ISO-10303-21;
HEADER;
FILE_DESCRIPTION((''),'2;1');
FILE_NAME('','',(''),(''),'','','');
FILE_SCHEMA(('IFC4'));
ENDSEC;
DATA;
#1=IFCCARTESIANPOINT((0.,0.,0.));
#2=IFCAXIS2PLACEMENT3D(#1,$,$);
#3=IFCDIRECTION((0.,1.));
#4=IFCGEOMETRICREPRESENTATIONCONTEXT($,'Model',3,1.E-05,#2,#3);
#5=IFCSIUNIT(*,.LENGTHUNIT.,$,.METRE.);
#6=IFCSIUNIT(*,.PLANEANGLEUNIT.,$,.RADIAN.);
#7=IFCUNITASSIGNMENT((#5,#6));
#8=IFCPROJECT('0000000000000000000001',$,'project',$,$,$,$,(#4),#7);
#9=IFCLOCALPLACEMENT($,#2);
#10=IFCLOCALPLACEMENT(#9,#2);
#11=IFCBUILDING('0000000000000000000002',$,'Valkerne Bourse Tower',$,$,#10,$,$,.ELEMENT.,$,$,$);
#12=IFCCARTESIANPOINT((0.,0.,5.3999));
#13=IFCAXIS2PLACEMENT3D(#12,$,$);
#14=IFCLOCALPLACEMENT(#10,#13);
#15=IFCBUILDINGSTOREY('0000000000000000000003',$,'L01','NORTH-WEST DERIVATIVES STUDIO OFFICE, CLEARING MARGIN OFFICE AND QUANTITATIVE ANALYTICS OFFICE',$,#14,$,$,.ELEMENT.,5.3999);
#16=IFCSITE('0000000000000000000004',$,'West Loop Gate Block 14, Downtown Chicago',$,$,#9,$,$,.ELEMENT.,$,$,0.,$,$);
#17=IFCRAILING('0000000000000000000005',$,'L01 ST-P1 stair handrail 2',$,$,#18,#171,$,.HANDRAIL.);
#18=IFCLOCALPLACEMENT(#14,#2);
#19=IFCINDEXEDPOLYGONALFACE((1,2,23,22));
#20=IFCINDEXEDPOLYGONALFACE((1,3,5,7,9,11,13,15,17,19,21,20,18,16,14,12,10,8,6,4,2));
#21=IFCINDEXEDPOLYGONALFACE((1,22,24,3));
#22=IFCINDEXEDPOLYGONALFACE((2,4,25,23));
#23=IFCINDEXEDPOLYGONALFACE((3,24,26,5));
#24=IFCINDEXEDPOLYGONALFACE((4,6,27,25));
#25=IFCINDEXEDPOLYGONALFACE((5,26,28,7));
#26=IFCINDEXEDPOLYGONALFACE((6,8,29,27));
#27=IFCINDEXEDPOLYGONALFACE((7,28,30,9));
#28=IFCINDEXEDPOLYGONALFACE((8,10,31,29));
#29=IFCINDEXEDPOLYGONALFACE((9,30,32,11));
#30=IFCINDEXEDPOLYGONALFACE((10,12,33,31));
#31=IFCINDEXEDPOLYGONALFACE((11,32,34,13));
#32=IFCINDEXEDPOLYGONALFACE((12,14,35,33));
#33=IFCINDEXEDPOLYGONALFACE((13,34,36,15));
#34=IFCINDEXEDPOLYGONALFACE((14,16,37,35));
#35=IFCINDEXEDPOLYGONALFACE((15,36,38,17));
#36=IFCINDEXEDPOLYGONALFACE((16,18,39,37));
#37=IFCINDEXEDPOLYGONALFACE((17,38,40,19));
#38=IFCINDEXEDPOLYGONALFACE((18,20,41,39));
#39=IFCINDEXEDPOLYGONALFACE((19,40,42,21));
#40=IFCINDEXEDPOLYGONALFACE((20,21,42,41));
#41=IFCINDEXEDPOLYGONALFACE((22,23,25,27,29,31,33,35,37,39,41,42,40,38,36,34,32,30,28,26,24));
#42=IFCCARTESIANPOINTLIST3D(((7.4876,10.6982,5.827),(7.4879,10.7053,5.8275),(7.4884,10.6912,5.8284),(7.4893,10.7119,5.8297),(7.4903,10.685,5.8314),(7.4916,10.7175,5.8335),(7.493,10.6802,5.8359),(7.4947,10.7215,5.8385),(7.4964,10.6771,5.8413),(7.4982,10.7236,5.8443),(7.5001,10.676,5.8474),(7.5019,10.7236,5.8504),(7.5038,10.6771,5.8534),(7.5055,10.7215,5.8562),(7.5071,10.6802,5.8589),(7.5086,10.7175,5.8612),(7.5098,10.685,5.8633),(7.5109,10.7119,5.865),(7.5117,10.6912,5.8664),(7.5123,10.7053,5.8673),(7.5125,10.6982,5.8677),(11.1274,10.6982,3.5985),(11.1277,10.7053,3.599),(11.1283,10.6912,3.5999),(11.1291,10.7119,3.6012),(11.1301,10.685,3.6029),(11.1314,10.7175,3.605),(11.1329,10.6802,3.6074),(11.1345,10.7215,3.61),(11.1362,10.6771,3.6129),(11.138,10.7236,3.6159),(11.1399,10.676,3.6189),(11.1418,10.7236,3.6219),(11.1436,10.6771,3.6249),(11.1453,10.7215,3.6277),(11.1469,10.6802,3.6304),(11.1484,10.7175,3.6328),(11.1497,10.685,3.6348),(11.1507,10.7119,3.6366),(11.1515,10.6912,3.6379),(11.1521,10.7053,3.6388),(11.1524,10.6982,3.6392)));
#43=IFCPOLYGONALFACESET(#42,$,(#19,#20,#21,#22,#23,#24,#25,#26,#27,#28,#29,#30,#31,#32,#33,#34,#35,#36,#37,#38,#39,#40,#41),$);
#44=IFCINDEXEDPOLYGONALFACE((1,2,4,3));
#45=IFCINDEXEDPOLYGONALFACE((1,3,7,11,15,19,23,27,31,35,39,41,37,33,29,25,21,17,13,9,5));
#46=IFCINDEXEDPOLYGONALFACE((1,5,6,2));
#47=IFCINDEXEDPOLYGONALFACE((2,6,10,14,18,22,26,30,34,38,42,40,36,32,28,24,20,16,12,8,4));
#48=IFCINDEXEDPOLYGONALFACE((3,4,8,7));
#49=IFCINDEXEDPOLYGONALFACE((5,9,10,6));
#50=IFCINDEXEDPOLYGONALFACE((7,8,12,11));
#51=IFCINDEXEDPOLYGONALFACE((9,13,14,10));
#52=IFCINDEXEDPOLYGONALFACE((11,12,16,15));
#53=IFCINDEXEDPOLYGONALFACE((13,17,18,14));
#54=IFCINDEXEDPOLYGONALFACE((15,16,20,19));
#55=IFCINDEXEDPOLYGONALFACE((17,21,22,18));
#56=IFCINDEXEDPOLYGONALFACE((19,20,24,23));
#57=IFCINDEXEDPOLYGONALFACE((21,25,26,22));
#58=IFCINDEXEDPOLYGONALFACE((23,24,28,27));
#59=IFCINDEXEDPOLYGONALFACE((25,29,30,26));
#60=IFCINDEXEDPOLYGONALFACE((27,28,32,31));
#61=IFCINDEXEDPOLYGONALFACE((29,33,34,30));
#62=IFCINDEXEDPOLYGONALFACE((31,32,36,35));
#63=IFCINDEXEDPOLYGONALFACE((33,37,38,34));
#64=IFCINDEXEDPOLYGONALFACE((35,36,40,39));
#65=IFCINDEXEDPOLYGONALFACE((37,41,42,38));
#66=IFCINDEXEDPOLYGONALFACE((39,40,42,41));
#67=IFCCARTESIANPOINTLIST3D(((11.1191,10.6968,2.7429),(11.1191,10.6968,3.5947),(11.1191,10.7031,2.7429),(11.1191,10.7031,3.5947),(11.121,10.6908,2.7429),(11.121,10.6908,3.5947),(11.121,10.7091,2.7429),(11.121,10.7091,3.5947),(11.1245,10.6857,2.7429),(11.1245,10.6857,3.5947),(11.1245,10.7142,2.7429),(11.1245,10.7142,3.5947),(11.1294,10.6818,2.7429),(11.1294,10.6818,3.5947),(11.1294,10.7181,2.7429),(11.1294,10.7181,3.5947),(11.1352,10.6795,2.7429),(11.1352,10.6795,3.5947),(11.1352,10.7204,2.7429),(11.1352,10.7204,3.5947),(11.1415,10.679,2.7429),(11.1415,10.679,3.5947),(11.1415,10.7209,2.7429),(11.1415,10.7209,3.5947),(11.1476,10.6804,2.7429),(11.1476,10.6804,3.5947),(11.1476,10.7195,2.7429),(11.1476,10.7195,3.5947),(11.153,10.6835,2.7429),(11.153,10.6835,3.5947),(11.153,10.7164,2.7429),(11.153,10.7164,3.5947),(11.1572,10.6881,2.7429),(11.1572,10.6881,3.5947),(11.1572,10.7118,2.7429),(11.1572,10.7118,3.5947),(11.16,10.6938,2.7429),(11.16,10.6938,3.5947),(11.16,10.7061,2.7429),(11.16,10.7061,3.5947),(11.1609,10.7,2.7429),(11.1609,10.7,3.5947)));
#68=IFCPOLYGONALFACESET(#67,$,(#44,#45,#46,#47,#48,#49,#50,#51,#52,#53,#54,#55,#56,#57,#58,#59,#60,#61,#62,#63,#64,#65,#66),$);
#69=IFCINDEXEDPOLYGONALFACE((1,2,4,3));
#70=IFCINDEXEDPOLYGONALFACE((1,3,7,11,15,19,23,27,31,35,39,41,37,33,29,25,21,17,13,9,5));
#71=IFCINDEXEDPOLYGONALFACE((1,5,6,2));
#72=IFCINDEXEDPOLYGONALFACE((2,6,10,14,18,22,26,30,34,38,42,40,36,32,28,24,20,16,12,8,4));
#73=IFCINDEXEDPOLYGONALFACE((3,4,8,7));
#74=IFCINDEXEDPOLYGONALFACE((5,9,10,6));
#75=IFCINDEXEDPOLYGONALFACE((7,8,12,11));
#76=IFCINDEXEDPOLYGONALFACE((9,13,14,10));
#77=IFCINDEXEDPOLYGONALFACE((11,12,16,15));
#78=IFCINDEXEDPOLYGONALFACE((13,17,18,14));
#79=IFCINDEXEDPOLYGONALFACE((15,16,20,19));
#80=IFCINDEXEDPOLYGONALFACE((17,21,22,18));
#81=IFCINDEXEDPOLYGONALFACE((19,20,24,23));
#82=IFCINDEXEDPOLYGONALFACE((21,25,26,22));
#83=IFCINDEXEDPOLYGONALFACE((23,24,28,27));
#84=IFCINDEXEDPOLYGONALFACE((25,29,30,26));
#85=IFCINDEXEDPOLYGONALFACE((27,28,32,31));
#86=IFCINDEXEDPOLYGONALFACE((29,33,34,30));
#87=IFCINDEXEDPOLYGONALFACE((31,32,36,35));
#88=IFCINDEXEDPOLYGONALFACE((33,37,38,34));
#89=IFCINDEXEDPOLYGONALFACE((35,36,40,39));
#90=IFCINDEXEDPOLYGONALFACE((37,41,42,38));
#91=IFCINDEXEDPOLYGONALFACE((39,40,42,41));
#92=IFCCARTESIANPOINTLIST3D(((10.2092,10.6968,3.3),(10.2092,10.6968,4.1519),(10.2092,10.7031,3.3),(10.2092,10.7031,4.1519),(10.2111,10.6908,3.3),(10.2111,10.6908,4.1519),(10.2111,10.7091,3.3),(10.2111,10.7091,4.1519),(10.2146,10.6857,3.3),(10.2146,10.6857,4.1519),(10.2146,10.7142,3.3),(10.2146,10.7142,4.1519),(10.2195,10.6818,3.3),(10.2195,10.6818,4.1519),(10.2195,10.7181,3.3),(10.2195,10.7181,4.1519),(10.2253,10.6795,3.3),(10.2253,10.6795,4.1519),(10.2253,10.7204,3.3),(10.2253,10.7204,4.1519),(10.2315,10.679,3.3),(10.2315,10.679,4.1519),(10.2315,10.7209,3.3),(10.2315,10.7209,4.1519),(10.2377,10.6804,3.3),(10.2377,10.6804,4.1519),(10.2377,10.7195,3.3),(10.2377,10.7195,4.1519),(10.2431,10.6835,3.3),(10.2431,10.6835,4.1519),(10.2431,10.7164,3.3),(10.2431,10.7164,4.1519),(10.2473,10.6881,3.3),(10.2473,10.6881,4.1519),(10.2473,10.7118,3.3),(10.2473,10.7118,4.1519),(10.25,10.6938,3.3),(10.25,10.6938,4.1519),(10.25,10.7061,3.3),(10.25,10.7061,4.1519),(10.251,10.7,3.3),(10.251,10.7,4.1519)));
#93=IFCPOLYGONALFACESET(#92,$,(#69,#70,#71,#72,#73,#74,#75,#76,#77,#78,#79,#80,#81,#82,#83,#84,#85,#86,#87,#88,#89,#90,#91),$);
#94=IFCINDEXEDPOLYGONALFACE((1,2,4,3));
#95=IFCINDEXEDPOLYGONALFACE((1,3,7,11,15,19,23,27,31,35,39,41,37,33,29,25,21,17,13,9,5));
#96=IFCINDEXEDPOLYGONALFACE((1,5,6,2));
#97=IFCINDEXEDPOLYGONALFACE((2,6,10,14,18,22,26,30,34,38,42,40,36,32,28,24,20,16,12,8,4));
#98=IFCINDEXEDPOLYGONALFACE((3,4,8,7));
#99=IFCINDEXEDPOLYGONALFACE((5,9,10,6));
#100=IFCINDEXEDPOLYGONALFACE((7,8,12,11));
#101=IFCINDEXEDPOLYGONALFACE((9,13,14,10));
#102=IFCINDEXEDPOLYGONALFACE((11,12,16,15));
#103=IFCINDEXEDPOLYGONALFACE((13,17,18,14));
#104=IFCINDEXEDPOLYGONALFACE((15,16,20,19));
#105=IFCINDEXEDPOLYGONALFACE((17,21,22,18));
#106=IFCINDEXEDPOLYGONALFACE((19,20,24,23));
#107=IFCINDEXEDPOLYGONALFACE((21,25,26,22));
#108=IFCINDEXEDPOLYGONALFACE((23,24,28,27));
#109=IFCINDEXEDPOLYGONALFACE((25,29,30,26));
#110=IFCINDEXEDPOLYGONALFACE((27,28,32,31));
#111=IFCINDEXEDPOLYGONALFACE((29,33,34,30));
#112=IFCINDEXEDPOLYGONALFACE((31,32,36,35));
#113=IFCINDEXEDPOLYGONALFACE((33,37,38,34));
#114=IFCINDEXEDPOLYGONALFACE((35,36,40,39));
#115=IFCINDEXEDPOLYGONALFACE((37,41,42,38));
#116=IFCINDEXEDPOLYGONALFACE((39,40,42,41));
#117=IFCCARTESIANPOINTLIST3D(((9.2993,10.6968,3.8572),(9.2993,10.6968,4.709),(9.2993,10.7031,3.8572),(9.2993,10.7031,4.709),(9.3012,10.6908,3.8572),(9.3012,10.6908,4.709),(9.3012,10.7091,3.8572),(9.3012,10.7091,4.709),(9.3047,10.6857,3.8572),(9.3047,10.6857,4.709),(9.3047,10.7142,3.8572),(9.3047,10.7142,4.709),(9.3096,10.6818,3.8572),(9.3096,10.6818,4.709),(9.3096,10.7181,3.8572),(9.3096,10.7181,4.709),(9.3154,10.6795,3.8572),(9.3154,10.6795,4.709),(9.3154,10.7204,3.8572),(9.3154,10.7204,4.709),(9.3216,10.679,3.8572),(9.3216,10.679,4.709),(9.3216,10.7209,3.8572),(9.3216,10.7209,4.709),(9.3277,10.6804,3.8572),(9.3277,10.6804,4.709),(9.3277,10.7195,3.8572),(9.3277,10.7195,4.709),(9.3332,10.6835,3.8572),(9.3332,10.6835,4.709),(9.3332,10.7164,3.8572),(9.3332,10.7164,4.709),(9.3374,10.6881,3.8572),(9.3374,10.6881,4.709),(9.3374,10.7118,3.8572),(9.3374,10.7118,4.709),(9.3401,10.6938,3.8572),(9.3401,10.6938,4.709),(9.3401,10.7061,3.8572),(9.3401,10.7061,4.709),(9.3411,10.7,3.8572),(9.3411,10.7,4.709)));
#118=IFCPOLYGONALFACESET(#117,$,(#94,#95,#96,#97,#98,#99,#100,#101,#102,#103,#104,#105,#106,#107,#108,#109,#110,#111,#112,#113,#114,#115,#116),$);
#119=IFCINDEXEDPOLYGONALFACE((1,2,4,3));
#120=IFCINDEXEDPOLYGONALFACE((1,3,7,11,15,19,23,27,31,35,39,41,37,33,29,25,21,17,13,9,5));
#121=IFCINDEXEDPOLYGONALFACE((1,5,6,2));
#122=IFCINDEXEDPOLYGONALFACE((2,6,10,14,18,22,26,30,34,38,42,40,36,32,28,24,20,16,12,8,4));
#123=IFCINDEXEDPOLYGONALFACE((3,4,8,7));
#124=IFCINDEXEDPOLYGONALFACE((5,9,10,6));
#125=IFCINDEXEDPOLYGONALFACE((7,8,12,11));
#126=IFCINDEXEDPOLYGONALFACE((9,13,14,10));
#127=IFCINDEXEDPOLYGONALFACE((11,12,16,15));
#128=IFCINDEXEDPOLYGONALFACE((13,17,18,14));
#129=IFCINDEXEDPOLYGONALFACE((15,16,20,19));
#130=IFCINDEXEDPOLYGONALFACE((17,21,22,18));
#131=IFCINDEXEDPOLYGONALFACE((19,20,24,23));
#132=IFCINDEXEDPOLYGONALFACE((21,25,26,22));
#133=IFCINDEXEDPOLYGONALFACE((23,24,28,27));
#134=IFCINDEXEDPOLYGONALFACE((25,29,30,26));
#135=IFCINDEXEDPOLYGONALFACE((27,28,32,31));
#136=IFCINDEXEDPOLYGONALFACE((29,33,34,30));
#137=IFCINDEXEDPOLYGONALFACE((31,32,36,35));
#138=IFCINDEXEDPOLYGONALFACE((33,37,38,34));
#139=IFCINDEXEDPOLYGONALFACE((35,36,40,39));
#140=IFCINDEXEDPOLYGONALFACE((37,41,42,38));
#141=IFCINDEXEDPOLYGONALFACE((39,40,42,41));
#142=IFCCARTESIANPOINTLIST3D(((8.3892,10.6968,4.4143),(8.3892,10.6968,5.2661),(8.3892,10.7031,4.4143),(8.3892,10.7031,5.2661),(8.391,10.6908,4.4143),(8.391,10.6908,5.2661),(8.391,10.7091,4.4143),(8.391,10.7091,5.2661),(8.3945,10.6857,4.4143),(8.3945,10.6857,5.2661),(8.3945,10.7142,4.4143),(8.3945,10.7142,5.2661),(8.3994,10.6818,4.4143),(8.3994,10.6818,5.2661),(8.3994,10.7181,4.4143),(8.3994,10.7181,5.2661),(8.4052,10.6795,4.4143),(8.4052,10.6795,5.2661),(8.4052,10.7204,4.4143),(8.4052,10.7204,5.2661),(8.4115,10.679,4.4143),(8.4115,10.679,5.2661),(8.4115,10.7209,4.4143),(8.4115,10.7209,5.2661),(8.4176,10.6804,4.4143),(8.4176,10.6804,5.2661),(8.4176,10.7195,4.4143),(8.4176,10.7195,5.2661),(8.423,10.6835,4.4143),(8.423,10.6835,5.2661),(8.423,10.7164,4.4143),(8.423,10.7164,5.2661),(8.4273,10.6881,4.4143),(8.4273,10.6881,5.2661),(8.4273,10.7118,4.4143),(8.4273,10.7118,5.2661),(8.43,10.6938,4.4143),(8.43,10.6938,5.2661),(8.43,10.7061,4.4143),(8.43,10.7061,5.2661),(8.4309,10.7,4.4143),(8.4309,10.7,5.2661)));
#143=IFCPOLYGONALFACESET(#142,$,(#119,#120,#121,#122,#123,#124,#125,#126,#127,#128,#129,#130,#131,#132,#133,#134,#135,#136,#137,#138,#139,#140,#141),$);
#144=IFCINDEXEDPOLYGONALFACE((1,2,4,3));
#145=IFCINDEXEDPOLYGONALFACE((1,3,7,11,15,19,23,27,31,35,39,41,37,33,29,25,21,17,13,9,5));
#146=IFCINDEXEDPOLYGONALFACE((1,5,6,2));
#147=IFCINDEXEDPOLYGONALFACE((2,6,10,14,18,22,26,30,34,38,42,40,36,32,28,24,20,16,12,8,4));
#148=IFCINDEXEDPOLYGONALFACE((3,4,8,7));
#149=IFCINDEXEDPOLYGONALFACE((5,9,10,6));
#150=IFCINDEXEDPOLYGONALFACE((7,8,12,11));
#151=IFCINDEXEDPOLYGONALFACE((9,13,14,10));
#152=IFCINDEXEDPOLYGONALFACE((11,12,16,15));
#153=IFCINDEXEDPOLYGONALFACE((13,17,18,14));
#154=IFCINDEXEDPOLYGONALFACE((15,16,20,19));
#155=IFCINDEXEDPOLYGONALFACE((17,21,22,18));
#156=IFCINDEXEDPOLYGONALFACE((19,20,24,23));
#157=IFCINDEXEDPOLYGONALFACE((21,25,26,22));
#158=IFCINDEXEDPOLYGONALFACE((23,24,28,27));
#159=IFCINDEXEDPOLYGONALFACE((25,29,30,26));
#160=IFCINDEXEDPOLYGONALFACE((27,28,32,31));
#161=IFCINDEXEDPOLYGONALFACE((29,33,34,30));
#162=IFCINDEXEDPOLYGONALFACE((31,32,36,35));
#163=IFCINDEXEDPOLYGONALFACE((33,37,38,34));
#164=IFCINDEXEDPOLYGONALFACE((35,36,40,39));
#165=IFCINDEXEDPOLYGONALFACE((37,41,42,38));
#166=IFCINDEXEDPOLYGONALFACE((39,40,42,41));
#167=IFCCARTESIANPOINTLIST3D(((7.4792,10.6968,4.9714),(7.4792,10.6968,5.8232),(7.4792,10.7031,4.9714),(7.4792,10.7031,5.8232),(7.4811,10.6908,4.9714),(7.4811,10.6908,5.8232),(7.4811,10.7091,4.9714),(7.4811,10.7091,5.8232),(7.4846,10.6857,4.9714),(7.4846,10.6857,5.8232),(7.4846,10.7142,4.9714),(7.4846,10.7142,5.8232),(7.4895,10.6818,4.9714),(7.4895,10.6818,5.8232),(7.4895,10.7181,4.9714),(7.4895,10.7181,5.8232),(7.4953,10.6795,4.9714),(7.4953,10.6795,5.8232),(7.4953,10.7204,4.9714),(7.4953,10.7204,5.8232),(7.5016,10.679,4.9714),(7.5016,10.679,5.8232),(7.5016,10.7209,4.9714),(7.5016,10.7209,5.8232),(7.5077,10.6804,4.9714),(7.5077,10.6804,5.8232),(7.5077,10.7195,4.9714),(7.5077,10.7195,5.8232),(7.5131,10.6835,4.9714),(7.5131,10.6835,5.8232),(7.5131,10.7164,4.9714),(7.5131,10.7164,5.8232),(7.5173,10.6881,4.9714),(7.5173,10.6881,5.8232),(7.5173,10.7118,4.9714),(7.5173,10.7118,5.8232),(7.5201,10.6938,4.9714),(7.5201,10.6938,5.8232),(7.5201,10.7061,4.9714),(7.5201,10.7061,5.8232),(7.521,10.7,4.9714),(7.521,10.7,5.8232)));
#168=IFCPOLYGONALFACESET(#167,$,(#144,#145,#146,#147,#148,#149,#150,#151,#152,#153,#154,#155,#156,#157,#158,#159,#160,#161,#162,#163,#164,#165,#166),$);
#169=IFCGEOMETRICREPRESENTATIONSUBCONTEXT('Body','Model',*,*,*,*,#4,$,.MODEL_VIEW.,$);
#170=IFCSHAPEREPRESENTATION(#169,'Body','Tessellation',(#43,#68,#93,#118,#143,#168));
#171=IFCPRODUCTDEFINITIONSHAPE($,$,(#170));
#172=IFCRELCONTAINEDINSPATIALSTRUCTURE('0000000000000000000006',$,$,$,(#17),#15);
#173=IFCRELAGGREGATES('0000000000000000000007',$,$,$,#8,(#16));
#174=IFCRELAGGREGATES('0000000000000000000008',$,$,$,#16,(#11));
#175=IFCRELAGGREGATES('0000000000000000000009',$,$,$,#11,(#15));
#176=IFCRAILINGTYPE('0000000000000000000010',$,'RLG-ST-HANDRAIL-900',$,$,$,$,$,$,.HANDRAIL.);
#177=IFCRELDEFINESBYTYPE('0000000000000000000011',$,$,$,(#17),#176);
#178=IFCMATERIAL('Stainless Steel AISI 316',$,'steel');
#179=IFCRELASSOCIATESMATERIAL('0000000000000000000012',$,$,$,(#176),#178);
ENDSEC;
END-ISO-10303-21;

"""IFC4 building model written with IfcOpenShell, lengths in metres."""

from ifc_helpers import new_model, si_unit, direction, frame, origin, origin_2d, place, context, subcontext, project, spatial, circle, extrude, material, type_object, element, save


model = new_model("IFC4")

# Units and contexts
model_context = context("Model", 3, precision=1e-05, world=origin(), true_north=direction((0.0, 1.0)))
body_context = subcontext(model_context, "Body", "Model", "MODEL_VIEW")
ifc_project = project(units=[si_unit("LENGTHUNIT", "METRE"), si_unit("PLANEANGLEUNIT", "RADIAN")], contexts=[model_context])

# Site, building, storey
site_placement = place(None, origin())
site = spatial("IfcSite", under=ifc_project, at=site_placement, Name="West Loop Gate Block 14, Downtown Chicago", CompositionType="ELEMENT", RefElevation=0.0)
building_placement = place(site_placement, origin())
building = spatial("IfcBuilding", under=site, at=building_placement, Name="Valkerne Bourse Tower", CompositionType="ELEMENT")
storey_placement = place(building_placement, frame((0.0, 0.0, 5.3999)))
storey = spatial("IfcBuildingStorey", under=building, at=storey_placement, Name="L01", Description="NORTH-WEST DERIVATIVES STUDIO OFFICE, CLEARING MARGIN OFFICE AND QUANTITATIVE ANALYTICS OFFICE", CompositionType="ELEMENT", Elevation=5.3999)

# Railing
ifc_material_1 = material(Name="Stainless Steel AISI 316", Category="steel")
railing_type_1 = type_object("IfcRailingType", Name="RLG-ST-HANDRAIL-900", PredefinedType="HANDRAIL", material=ifc_material_1)
railing_1_placement = place(storey_placement, frame((11.1399, 10.7, 2.7429)))
element("IfcRailing", 1, at=railing_1_placement, inside=storey, type_object=railing_type_1, Name="L01 ST-P1 stair handrail 2", PredefinedType="HANDRAIL", context=body_context, shape_type="SweptSolid", body=[
    extrude(circle(Radius=0.0239, at=origin_2d()), frame((0.0, 0.0, 0.876), z_axis=(-0.85285, 0.0, 0.522156), x_axis=(0.0, -1.0, 0.0)), (0.0, 0.0, 1.0), 4.2678),
    extrude(circle(Radius=0.021, at=origin_2d()), origin(), (0.0, 0.0, 1.0), 0.8518),
    extrude(circle(Radius=0.021, at=origin_2d()), frame((-0.9099, 0.0, 0.5571)), (0.0, 0.0, 1.0), 0.8518),
    extrude(circle(Radius=0.021, at=origin_2d()), frame((-1.8198, 0.0, 1.1143)), (0.0, 0.0, 1.0), 0.8518),
    extrude(circle(Radius=0.021, at=origin_2d()), frame((-2.73, 0.0, 1.6714)), (0.0, 0.0, 1.0), 0.8518),
    extrude(circle(Radius=0.021, at=origin_2d()), frame((-3.6399, 0.0, 2.2285)), (0.0, 0.0, 1.0), 0.8518),
])

save(model, "model.ifc")
